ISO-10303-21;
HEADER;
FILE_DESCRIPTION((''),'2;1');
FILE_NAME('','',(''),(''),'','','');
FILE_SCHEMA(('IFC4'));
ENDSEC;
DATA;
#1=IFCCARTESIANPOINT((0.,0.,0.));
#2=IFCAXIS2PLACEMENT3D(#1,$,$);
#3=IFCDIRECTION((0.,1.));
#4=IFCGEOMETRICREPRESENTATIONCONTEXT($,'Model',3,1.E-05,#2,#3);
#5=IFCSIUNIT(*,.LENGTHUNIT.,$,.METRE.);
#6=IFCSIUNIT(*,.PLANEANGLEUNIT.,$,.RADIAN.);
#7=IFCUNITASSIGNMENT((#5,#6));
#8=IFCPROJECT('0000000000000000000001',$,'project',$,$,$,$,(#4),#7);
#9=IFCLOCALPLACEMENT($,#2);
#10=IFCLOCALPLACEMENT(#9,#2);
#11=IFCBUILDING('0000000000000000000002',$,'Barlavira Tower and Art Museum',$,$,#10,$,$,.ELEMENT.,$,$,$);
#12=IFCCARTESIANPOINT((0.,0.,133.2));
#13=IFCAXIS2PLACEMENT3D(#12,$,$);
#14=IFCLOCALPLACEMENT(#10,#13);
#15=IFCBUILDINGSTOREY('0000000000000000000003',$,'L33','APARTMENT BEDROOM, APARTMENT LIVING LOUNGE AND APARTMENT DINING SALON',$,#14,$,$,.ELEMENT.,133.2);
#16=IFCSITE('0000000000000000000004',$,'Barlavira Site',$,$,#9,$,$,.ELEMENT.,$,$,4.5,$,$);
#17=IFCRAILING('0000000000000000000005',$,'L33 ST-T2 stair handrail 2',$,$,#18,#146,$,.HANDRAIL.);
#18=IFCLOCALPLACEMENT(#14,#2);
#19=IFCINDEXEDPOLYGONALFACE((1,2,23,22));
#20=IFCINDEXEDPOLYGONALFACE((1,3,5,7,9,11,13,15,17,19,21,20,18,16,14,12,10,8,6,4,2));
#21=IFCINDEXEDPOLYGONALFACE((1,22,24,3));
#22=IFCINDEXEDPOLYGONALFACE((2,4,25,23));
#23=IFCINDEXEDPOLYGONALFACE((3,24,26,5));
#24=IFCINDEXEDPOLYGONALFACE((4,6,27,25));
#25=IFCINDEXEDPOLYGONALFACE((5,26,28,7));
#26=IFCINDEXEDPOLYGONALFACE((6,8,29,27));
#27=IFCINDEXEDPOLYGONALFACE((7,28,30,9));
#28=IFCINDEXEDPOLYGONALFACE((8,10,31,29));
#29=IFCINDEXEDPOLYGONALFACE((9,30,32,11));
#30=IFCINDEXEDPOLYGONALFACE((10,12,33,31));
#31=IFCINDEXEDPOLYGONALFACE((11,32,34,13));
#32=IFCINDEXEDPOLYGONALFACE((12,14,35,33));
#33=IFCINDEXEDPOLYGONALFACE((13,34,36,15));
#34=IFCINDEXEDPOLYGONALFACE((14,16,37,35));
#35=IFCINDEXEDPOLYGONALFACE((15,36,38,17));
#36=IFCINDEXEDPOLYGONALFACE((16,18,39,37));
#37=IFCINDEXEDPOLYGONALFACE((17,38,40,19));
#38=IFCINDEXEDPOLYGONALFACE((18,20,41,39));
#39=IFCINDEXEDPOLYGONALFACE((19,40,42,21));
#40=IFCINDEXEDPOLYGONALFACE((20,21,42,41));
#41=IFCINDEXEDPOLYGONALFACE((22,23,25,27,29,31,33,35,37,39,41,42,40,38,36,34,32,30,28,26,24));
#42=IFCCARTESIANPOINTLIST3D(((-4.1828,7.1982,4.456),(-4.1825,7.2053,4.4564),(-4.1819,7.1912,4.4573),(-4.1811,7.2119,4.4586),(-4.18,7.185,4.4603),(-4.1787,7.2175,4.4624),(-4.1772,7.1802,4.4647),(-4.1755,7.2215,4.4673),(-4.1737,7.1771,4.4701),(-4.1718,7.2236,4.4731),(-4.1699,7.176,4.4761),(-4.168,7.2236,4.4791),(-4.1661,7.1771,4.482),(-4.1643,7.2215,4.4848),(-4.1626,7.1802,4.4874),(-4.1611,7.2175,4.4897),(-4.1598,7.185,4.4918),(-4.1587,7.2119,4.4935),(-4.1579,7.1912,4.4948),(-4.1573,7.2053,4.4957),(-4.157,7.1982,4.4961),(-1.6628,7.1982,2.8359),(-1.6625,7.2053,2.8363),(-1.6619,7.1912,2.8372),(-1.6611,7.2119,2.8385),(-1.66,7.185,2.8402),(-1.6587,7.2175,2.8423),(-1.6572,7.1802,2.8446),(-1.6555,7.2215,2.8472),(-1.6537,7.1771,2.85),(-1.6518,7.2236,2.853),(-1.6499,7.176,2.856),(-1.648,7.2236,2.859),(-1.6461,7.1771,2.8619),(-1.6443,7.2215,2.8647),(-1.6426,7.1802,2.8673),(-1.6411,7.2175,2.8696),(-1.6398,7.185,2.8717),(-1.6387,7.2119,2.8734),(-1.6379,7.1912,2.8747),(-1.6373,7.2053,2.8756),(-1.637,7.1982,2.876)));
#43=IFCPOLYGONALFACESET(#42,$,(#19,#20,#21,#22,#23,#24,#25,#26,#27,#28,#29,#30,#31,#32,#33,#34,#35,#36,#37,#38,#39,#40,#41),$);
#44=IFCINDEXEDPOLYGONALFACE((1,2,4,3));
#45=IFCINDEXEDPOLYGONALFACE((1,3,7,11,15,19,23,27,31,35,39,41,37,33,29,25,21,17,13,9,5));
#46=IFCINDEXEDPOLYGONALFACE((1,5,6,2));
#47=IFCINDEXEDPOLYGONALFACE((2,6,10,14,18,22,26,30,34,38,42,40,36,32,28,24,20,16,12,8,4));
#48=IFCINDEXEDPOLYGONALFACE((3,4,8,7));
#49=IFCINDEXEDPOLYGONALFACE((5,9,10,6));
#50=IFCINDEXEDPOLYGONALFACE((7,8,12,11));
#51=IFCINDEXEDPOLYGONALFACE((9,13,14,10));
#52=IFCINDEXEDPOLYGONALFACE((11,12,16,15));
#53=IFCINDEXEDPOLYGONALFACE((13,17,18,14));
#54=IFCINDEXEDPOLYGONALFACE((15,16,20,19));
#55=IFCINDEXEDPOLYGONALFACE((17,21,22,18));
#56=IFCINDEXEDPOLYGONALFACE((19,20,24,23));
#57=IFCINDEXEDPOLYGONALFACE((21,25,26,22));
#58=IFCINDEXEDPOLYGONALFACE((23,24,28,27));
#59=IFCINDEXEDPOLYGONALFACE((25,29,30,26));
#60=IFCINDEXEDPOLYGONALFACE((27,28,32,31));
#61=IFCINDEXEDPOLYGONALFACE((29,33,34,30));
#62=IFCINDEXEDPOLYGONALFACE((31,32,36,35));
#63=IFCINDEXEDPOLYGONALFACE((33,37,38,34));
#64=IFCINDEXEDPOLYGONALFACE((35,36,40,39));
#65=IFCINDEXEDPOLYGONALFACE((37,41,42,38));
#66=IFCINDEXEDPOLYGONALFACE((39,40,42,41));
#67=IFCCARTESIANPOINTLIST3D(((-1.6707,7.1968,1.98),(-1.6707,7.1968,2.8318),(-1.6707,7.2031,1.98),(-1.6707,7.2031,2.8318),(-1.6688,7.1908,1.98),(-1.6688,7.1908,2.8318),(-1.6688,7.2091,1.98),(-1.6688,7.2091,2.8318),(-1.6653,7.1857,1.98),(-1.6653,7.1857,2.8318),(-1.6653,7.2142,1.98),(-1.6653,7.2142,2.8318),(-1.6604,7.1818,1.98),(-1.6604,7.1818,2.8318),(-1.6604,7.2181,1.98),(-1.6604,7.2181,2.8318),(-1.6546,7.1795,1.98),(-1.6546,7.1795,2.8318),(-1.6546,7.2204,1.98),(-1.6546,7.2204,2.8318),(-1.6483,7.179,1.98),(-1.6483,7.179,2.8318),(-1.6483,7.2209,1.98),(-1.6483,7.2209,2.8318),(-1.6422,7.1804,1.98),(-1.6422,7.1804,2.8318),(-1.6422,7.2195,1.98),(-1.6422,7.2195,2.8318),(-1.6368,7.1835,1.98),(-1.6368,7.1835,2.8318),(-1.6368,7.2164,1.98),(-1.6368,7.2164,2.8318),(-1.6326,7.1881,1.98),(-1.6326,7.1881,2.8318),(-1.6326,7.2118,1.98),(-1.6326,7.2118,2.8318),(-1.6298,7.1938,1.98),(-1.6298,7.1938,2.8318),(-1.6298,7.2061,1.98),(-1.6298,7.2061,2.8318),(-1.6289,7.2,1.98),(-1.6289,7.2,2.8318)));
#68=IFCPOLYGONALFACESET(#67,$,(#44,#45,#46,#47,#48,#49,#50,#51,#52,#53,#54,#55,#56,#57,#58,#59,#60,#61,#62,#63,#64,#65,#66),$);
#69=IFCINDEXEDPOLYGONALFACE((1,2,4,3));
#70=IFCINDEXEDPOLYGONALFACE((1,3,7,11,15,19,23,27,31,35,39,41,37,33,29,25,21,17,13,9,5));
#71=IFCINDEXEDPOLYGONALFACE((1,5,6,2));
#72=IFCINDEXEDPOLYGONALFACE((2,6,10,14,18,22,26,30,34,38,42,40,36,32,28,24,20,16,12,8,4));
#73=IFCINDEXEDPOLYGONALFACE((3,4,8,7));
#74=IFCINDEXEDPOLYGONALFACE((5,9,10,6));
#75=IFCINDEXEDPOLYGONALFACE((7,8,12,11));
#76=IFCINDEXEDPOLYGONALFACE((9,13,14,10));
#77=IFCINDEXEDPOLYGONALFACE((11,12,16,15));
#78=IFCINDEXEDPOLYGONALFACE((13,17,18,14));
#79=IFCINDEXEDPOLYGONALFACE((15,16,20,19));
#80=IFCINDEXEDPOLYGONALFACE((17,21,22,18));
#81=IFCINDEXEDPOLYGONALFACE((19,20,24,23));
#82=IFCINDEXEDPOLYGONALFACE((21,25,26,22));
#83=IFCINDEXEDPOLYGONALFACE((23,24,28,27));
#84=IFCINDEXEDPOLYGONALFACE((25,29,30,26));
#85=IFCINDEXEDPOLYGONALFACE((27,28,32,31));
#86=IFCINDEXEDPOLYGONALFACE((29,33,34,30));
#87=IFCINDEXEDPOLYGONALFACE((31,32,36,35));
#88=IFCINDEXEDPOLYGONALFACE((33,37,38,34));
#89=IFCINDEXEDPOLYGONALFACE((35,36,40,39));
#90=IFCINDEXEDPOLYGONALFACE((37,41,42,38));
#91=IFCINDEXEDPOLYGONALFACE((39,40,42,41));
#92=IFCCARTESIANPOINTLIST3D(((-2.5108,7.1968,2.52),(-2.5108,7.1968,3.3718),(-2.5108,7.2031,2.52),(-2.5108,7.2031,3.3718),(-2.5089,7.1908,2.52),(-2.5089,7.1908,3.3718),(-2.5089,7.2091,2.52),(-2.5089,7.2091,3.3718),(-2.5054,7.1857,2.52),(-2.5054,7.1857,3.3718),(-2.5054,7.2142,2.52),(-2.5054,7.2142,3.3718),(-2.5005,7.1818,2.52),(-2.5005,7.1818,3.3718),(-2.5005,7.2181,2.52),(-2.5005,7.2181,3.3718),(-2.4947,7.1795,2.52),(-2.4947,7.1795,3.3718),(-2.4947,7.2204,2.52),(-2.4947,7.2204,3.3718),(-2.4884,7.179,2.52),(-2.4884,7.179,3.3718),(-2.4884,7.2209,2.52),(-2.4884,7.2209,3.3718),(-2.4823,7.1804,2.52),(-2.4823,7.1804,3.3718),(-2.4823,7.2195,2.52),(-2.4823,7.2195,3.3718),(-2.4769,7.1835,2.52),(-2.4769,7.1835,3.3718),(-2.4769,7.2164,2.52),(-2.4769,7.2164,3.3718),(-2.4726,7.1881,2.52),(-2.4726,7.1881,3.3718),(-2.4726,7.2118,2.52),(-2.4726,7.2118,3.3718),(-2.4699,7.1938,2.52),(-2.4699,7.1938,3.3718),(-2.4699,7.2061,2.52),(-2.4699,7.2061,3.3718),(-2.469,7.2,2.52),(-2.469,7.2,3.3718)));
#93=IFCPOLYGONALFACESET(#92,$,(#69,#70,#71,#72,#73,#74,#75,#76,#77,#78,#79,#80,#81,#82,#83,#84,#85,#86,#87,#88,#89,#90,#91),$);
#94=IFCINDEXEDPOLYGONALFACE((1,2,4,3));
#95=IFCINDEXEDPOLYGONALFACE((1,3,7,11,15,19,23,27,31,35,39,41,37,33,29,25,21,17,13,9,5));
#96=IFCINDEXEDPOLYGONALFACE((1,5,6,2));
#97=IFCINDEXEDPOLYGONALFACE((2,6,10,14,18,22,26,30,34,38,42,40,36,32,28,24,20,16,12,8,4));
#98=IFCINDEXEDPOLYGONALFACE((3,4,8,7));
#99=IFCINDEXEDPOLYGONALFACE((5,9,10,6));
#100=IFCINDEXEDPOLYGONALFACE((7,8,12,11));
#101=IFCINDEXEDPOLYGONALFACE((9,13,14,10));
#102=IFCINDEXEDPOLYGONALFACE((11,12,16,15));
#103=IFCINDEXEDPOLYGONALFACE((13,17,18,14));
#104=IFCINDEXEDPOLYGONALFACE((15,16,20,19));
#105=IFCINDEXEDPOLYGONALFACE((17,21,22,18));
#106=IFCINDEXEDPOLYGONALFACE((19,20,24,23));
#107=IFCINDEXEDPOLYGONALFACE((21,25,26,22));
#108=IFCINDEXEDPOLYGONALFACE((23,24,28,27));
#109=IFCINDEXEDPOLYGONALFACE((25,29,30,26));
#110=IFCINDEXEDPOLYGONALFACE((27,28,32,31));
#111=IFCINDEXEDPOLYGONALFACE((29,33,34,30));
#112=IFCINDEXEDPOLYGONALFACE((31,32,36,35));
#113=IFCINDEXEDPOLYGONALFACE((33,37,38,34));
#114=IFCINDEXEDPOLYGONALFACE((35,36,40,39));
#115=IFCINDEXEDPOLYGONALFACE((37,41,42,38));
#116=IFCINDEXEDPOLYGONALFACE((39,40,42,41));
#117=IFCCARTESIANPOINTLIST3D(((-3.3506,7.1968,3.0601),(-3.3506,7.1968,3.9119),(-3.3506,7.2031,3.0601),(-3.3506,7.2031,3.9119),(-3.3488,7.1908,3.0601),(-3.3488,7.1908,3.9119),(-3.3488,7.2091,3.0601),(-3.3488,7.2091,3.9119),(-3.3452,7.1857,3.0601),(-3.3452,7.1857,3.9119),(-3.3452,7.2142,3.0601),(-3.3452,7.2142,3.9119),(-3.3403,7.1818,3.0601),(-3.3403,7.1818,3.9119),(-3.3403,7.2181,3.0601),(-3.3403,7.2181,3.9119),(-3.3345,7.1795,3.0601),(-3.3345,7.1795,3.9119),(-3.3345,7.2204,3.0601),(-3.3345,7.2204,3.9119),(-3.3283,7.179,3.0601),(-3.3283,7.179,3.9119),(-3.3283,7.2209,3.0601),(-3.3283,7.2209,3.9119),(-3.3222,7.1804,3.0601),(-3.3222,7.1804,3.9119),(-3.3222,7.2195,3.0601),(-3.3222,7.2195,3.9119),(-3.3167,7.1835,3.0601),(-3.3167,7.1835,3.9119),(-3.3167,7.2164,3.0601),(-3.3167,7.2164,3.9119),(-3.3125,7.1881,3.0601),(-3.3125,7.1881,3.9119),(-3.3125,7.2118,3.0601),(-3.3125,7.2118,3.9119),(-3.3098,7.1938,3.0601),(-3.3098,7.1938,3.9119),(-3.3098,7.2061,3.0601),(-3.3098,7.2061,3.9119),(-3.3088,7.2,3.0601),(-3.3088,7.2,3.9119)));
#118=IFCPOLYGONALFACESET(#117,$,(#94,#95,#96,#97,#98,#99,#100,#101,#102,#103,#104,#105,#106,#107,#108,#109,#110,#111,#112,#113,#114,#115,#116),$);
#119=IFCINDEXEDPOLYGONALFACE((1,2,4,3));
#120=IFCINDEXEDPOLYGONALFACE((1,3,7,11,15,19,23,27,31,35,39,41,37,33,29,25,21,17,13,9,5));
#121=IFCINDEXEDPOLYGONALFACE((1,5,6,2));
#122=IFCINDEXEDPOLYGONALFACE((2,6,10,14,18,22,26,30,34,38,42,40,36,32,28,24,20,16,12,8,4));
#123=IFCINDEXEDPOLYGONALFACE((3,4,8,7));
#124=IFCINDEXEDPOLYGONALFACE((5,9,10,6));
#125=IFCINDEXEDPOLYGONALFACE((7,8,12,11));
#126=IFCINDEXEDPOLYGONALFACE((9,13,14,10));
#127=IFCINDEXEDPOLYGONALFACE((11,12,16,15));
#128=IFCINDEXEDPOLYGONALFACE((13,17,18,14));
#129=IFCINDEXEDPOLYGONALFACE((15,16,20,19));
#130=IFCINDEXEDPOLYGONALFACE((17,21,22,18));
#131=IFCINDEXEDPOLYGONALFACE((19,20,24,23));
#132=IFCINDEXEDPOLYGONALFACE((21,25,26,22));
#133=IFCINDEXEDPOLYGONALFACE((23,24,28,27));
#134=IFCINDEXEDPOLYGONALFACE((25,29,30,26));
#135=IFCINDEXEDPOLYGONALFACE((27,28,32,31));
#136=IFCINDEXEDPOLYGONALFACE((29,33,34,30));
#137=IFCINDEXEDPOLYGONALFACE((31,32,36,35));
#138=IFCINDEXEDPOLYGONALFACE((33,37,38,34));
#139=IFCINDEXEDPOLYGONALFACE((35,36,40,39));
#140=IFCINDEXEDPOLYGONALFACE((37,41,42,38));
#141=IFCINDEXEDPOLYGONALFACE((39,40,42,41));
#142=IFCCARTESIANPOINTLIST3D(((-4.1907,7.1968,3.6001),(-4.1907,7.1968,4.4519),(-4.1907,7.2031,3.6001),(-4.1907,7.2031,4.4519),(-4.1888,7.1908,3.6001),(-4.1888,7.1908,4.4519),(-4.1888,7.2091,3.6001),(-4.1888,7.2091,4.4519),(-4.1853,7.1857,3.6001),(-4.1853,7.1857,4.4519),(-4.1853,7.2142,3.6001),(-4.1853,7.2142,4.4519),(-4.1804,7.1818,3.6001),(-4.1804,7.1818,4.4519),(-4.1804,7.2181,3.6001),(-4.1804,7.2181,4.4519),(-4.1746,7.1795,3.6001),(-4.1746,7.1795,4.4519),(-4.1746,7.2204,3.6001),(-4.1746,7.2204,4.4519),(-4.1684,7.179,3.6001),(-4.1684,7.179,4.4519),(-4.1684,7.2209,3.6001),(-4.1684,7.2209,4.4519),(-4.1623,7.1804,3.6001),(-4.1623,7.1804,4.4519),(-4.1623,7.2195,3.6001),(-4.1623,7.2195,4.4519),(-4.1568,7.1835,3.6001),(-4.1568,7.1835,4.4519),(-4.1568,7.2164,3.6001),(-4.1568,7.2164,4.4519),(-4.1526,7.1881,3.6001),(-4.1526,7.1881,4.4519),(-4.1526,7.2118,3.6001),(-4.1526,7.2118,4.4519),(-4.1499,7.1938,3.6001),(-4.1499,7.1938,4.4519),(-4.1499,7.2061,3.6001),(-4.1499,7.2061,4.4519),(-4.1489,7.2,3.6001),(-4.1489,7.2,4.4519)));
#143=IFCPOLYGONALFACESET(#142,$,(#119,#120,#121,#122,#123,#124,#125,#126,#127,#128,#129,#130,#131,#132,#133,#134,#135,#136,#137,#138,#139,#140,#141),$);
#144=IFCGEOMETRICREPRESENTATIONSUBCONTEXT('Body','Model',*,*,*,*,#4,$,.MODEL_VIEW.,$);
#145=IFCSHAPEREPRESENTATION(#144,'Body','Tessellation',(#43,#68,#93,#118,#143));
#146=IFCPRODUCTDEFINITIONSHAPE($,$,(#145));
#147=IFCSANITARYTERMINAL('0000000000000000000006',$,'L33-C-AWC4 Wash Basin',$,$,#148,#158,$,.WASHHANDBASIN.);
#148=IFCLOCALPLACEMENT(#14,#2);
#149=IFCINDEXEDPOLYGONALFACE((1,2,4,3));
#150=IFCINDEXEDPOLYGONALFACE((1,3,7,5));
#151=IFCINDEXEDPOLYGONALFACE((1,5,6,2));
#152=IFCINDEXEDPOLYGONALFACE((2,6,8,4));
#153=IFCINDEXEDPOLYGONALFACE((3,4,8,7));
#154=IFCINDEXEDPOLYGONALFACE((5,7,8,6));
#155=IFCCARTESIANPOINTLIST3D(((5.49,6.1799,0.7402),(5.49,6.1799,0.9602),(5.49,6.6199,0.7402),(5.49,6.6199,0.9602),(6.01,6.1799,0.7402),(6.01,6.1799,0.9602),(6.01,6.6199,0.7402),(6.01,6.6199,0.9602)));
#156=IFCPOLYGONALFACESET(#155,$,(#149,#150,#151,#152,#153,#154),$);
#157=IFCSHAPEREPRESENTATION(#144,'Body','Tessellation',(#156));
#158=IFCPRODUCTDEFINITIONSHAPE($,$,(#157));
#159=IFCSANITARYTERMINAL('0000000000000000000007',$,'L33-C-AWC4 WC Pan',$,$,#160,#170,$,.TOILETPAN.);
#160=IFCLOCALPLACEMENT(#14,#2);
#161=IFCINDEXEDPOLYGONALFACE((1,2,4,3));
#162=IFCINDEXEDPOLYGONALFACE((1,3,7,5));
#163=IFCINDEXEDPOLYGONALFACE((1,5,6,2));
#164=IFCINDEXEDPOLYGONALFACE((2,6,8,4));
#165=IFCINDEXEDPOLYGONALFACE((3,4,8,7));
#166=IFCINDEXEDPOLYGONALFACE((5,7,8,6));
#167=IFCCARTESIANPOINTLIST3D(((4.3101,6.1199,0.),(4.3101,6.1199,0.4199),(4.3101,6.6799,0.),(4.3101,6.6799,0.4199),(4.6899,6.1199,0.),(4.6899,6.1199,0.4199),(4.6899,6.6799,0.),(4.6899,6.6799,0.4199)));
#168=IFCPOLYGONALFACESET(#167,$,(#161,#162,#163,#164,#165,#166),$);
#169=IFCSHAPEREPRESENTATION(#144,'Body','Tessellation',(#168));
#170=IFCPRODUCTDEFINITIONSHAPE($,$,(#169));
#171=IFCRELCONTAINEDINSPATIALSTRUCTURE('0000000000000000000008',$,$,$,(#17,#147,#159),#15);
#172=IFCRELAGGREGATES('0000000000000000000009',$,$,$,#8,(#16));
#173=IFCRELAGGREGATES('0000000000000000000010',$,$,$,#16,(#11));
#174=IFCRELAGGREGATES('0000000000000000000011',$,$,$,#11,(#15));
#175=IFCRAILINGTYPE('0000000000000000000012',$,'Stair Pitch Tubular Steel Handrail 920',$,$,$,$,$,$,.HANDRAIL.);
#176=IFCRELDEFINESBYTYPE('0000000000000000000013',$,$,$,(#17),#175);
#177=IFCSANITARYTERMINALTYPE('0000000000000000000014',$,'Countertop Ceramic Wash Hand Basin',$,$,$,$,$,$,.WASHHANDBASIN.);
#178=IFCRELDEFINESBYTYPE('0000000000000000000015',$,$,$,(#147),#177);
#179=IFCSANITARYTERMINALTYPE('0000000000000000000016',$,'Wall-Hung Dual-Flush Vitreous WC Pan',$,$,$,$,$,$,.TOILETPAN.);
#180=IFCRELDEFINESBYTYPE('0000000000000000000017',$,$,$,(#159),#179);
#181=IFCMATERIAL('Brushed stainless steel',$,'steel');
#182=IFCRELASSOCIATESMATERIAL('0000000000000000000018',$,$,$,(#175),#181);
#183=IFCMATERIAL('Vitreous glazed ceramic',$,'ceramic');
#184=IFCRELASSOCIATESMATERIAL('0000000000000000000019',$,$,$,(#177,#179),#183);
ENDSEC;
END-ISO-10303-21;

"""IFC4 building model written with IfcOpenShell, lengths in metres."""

from ifc_helpers import new_model, si_unit, direction, frame, origin, origin_2d, place, context, subcontext, project, spatial, rectangle, circle, extrude, material, type_object, element, save


model = new_model("IFC4")

# Units and contexts
model_context = context("Model", 3, precision=1e-05, world=origin(), true_north=direction((0.0, 1.0)))
body_context = subcontext(model_context, "Body", "Model", "MODEL_VIEW")
ifc_project = project(units=[si_unit("LENGTHUNIT", "METRE"), si_unit("PLANEANGLEUNIT", "RADIAN")], contexts=[model_context])

# Site, building, storey
site_placement = place(None, origin())
site = spatial("IfcSite", under=ifc_project, at=site_placement, Name="Barlavira Site", CompositionType="ELEMENT", RefElevation=4.5)
building_placement = place(site_placement, origin())
building = spatial("IfcBuilding", under=site, at=building_placement, Name="Barlavira Tower and Art Museum", CompositionType="ELEMENT")
storey_placement = place(building_placement, frame((0.0, 0.0, 133.2)))
storey = spatial("IfcBuildingStorey", under=building, at=storey_placement, Name="L33", Description="APARTMENT BEDROOM, APARTMENT LIVING LOUNGE AND APARTMENT DINING SALON", CompositionType="ELEMENT", Elevation=133.2)

# Shared definitions
ifc_material_1 = material(Name="Brushed stainless steel", Category="steel")

# Railing
railing_type_1 = type_object("IfcRailingType", Name="Stair Pitch Tubular Steel Handrail 920", PredefinedType="HANDRAIL", material=ifc_material_1)
railing_1_placement = place(storey_placement, frame((-1.6499, 7.2, 1.98)))
element("IfcRailing", 1, at=railing_1_placement, inside=storey, type_object=railing_type_1, Name="L33 ST-T2 stair handrail 2", PredefinedType="HANDRAIL", context=body_context, shape_type="SweptSolid", body=[
    extrude(circle(Radius=0.0239, at=origin_2d()), frame((0.0, 0.0, 0.876), z_axis=(-0.841163, 0.0, 0.540782), x_axis=(0.0, -1.0, 0.0)), (0.0, 0.0, 1.0), 2.9958),
    extrude(circle(Radius=0.021, at=origin_2d()), origin(), (0.0, 0.0, 1.0), 0.8518),
    extrude(circle(Radius=0.021, at=origin_2d()), frame((-0.8401, 0.0, 0.54)), (0.0, 0.0, 1.0), 0.8518),
    extrude(circle(Radius=0.021, at=origin_2d()), frame((-1.6799, 0.0, 1.0801)), (0.0, 0.0, 1.0), 0.8518),
    extrude(circle(Radius=0.021, at=origin_2d()), frame((-2.52, 0.0, 1.6201)), (0.0, 0.0, 1.0), 0.8518),
])

# Sanitary terminals
ifc_material_2 = material(Name="Vitreous glazed ceramic", Category="ceramic")
sanitary_terminal_type_1 = type_object("IfcSanitaryTerminalType", Name="Countertop Ceramic Wash Hand Basin", PredefinedType="WASHHANDBASIN", material=ifc_material_2)
sanitary_terminal_1_placement = place(storey_placement, frame((5.75, 6.3999, 0.7402), z_axis=(0.0, 0.0, 1.0), x_axis=(1.0, 0.0, 0.0)))
element("IfcSanitaryTerminal", 2, at=sanitary_terminal_1_placement, inside=storey, type_object=sanitary_terminal_type_1, Name="L33-C-AWC4 Wash Basin", PredefinedType="WASHHANDBASIN", context=body_context, shape_type="SweptSolid", body=[
    extrude(rectangle(XDim=0.52, YDim=0.4399, at=origin_2d()), origin(), (0.0, 0.0, 1.0), 0.22),
])
sanitary_terminal_type_2 = type_object("IfcSanitaryTerminalType", Name="Wall-Hung Dual-Flush Vitreous WC Pan", PredefinedType="TOILETPAN", material=ifc_material_2)
sanitary_terminal_2_placement = place(storey_placement, frame((4.5, 6.3999, 0.0), z_axis=(0.0, 0.0, 1.0), x_axis=(1.0, 0.0, 0.0)))
element("IfcSanitaryTerminal", 3, at=sanitary_terminal_2_placement, inside=storey, type_object=sanitary_terminal_type_2, Name="L33-C-AWC4 WC Pan", PredefinedType="TOILETPAN", context=body_context, shape_type="SweptSolid", body=[
    extrude(rectangle(XDim=0.3799, YDim=0.5601, at=origin_2d()), origin(), (0.0, 0.0, 1.0), 0.4199),
])

save(model, "model.ifc")
